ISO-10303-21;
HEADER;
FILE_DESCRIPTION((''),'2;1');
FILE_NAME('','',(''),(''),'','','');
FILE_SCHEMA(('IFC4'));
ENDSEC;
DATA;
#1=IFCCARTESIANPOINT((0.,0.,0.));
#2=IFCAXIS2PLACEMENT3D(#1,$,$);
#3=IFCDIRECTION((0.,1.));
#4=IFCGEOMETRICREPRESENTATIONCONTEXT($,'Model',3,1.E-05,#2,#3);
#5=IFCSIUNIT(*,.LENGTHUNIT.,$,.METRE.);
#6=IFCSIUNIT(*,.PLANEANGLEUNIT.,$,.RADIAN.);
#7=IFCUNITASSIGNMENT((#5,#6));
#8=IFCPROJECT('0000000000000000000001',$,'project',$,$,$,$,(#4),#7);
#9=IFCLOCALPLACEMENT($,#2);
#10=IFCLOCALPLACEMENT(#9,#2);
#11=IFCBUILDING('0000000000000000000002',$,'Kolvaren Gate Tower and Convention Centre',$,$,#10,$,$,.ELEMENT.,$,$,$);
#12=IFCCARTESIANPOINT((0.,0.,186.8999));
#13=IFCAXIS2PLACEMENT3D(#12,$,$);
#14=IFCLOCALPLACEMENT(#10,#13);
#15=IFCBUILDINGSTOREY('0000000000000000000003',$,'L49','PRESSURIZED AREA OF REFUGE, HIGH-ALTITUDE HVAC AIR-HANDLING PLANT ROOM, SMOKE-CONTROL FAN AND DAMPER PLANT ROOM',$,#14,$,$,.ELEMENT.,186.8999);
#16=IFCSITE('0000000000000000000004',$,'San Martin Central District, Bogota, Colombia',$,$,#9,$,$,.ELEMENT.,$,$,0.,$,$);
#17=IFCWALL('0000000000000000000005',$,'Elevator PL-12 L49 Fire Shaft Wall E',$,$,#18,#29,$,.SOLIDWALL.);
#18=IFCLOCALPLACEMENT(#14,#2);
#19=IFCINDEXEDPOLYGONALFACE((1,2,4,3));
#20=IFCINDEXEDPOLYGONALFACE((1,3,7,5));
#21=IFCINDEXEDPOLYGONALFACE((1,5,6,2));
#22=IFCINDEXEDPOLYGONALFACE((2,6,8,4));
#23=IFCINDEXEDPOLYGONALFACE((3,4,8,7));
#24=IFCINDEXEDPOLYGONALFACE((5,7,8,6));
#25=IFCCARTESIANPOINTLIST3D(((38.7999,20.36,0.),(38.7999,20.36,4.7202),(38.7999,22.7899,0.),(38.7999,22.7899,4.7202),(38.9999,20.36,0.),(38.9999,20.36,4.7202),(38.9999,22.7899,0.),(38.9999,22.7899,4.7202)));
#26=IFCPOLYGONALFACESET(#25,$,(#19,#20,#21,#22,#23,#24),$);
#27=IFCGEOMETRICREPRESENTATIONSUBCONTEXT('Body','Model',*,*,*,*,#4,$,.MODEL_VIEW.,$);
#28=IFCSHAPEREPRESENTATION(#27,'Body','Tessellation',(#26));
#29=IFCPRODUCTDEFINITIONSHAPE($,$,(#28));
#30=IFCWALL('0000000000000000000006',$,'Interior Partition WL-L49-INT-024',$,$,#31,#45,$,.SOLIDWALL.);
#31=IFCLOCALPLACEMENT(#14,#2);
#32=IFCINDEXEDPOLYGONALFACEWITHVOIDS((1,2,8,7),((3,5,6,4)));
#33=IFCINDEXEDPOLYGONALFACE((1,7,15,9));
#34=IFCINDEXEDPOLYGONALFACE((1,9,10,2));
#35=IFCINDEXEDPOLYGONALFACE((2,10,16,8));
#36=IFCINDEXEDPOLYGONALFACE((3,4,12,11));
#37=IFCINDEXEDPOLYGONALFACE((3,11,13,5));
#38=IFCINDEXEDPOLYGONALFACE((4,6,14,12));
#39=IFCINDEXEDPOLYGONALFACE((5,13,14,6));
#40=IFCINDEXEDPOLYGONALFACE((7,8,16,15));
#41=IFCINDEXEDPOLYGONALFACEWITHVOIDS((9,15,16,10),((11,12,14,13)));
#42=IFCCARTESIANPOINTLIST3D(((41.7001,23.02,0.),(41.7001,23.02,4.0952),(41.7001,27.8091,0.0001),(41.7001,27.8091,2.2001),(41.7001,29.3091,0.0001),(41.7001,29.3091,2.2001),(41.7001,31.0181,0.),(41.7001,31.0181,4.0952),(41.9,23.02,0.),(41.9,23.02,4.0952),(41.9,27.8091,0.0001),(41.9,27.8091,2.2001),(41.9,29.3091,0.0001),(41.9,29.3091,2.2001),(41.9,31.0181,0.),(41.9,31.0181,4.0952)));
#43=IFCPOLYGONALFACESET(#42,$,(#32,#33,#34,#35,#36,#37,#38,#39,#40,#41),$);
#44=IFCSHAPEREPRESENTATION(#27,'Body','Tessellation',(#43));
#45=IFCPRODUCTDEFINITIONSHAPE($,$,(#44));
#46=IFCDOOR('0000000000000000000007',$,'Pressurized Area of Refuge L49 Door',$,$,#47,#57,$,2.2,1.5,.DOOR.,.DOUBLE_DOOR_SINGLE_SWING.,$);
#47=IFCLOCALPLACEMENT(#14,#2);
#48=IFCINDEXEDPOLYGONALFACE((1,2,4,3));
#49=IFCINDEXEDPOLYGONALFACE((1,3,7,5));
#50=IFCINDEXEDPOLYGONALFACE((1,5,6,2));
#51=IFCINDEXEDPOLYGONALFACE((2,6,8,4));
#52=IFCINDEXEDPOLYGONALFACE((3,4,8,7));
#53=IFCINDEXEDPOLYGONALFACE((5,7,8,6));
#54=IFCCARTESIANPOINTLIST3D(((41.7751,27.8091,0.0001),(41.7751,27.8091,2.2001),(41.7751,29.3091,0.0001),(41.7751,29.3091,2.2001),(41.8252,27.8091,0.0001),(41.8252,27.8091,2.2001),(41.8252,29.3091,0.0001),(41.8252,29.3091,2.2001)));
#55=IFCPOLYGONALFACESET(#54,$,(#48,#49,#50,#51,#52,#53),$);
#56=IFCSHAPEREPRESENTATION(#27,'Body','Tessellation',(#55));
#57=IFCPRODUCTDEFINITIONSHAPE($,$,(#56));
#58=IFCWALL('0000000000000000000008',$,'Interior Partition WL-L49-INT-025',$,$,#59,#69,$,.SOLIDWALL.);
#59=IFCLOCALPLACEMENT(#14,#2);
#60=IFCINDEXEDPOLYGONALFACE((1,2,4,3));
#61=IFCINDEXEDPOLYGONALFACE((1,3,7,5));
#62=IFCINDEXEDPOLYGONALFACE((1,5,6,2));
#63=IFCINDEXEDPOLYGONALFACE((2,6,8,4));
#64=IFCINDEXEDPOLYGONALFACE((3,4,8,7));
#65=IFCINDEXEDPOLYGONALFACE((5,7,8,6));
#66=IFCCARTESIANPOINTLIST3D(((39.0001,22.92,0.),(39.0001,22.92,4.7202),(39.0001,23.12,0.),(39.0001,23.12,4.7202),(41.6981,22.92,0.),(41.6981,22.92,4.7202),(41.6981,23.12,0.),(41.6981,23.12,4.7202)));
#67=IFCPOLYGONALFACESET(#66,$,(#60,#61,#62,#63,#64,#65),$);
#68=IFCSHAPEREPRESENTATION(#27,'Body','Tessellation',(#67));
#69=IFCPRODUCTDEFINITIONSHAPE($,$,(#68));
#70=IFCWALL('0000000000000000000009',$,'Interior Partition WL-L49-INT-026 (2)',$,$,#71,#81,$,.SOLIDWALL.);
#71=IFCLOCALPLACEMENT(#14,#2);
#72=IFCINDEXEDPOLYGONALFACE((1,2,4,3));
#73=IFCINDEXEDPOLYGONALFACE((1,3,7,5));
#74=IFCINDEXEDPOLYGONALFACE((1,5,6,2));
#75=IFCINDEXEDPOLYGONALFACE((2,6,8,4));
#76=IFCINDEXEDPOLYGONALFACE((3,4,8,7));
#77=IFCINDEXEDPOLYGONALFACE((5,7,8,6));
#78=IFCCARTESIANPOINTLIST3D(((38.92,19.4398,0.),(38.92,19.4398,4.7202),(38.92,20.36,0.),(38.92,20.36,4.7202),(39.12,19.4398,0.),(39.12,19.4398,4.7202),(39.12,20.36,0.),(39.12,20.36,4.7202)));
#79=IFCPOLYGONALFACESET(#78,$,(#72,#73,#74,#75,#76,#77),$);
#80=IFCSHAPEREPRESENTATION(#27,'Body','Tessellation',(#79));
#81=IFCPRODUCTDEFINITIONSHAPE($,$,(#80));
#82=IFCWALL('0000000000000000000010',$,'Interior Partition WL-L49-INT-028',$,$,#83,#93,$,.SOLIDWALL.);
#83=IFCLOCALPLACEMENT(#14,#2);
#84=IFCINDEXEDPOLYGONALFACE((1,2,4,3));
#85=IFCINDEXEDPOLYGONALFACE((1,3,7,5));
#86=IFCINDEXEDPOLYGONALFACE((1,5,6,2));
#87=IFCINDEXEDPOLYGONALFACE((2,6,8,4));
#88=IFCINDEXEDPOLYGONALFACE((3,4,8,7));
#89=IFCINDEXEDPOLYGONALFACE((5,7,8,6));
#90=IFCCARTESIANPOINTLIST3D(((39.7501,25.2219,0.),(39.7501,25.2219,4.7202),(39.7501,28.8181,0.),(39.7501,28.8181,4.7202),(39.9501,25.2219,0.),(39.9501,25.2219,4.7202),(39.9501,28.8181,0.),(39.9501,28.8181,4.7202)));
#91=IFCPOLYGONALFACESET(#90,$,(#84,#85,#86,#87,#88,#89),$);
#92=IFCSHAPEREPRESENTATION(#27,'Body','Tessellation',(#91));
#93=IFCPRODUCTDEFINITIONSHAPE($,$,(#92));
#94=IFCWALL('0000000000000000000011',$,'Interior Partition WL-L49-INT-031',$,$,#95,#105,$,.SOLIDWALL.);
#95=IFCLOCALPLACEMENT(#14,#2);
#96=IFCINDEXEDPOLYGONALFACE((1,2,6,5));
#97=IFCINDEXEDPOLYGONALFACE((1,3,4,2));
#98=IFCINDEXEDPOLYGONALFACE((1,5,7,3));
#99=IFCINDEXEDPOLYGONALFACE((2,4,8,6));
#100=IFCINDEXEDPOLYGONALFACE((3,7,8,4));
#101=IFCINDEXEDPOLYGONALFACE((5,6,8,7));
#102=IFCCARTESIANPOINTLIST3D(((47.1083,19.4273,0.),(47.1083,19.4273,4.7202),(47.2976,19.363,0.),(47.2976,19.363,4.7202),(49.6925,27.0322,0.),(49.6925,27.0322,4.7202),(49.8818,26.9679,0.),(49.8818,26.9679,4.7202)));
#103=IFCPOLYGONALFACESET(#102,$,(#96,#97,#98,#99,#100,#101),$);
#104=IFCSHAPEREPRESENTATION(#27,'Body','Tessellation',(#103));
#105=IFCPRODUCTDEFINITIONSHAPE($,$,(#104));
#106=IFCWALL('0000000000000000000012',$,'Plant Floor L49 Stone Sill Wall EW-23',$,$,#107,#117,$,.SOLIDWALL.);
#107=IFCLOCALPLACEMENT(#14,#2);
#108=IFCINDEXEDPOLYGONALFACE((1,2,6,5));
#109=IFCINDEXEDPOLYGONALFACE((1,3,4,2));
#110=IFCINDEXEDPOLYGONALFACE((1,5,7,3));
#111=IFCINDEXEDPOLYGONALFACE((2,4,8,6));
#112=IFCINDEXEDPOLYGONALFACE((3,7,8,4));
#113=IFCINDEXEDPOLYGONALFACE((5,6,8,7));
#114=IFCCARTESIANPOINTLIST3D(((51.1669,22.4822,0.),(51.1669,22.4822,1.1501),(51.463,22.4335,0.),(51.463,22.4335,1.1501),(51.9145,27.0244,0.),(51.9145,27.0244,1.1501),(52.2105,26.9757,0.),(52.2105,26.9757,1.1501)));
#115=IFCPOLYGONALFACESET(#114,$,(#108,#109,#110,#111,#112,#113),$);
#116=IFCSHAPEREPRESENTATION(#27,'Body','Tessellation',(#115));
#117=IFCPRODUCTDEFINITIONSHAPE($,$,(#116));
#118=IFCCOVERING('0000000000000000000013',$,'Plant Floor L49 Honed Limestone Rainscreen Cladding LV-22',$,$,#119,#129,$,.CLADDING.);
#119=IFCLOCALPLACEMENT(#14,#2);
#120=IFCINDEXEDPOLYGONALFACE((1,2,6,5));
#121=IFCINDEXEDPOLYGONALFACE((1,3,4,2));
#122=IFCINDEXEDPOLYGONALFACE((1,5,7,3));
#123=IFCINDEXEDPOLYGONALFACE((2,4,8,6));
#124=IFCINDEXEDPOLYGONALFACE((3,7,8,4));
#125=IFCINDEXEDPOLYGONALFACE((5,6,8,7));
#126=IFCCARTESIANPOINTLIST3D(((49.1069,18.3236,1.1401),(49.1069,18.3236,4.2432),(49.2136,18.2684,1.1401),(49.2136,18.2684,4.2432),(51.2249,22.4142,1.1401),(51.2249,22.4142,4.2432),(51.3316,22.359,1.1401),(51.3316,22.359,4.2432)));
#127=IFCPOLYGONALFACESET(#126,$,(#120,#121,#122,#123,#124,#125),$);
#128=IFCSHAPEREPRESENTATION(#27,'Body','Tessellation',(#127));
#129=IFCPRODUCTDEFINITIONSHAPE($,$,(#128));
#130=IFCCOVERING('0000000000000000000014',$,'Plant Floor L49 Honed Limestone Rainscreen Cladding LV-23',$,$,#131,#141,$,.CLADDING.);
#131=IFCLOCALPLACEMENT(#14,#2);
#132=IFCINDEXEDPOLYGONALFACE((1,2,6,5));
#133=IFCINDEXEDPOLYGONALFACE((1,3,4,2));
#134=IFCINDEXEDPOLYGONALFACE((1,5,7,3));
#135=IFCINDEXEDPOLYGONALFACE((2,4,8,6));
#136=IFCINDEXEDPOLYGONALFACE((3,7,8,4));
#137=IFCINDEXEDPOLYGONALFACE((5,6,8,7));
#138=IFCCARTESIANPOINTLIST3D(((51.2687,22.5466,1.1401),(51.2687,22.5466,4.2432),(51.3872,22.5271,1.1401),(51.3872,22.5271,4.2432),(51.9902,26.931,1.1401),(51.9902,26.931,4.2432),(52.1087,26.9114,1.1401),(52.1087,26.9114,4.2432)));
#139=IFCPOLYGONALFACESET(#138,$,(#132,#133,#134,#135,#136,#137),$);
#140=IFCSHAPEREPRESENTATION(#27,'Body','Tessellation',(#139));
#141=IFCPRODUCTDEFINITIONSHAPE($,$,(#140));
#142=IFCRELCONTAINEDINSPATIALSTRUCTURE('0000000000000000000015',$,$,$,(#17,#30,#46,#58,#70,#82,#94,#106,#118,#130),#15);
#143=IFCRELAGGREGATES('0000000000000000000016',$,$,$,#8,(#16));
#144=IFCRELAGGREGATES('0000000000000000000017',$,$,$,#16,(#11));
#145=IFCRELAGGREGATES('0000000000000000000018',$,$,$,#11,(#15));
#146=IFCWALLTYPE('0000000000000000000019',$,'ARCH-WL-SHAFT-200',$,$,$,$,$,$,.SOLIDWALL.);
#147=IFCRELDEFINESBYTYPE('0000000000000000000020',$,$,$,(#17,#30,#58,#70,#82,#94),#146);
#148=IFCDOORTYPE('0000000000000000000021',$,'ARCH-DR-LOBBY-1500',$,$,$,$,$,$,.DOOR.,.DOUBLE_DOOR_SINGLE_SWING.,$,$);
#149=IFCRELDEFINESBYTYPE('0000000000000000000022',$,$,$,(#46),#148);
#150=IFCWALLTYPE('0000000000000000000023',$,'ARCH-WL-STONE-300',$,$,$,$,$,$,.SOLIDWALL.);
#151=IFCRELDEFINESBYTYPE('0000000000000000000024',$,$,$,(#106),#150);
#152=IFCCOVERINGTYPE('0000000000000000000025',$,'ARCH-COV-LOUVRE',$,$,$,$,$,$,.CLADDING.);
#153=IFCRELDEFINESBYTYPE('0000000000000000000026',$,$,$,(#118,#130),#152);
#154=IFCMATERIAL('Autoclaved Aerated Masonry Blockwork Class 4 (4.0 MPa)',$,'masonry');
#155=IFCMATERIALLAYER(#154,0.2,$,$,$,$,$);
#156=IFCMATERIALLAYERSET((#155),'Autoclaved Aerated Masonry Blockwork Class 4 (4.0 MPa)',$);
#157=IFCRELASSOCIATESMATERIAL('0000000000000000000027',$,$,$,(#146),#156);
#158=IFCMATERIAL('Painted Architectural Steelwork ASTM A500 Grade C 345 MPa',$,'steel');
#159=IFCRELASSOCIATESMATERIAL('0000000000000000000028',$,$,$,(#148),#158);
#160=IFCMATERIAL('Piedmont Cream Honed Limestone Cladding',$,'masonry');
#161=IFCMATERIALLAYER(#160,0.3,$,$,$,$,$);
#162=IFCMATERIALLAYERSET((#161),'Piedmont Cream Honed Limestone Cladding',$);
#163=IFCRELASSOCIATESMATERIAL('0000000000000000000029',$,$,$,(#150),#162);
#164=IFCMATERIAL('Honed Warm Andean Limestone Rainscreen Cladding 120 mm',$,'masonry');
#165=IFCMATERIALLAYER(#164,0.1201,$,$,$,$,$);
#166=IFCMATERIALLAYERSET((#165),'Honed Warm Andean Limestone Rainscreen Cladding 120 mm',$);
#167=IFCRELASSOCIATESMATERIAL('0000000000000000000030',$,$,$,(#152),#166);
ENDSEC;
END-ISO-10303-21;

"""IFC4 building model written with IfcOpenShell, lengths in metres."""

from ifc_helpers import new_model, si_unit, direction, frame, frame_2d, origin, origin_2d, place, context, subcontext, project, spatial, rectangle, extrude, material, layer, layer_set, type_object, element, fill, save


model = new_model("IFC4")

# Units and contexts
model_context = context("Model", 3, precision=1e-05, world=origin(), true_north=direction((0.0, 1.0)))
body_context = subcontext(model_context, "Body", "Model", "MODEL_VIEW")
ifc_project = project(units=[si_unit("LENGTHUNIT", "METRE"), si_unit("PLANEANGLEUNIT", "RADIAN")], contexts=[model_context])

# Site, building, storey
site_placement = place(None, origin())
site = spatial("IfcSite", under=ifc_project, at=site_placement, Name="San Martin Central District, Bogota, Colombia", CompositionType="ELEMENT", RefElevation=0.0)
building_placement = place(site_placement, origin())
building = spatial("IfcBuilding", under=site, at=building_placement, Name="Kolvaren Gate Tower and Convention Centre", CompositionType="ELEMENT")
storey_placement = place(building_placement, frame((0.0, 0.0, 186.8999)))
storey = spatial("IfcBuildingStorey", under=building, at=storey_placement, Name="L49", Description="PRESSURIZED AREA OF REFUGE, HIGH-ALTITUDE HVAC AIR-HANDLING PLANT ROOM, SMOKE-CONTROL FAN AND DAMPER PLANT ROOM", CompositionType="ELEMENT", Elevation=186.8999)

# Wall
ifc_material_1 = material(Name="Autoclaved Aerated Masonry Blockwork Class 4 (4.0 MPa)", Category="masonry")
ifc_layer_1 = layer(ifc_material_1, 0.2)
ifc_layer_set_1 = layer_set([ifc_layer_1], Name="Autoclaved Aerated Masonry Blockwork Class 4 (4.0 MPa)")
wall_type_1 = type_object("IfcWallType", Name="ARCH-WL-SHAFT-200", PredefinedType="SOLIDWALL", material=ifc_layer_set_1)
wall_1_placement = place(storey_placement, frame((38.8999, 20.3601, 0.0), z_axis=(0.0, 0.0, 1.0), x_axis=(0.0, 1.0, 0.0)))
element("IfcWall", 1, at=wall_1_placement, inside=storey, type_object=wall_type_1, Name="Elevator PL-12 L49 Fire Shaft Wall E", PredefinedType="SOLIDWALL", context=body_context, shape_type="SweptSolid", body=[
    extrude(rectangle(XDim=2.4299, YDim=0.2, at=frame_2d((1.2148, 0.0))), origin(), (0.0, 0.0, 1.0), 4.7202),
])

# Wall, opening, door
wall_2_placement = place(storey_placement, frame((41.8, 23.02, 0.0), z_axis=(0.0, 0.0, 1.0), x_axis=(0.0, 1.0, 0.0)))
wall_2 = element("IfcWall", 2, at=wall_2_placement, inside=storey, type_object=wall_type_1, Name="Interior Partition WL-L49-INT-024", PredefinedType="SOLIDWALL", context=body_context, shape_type="SweptSolid", body=[
    extrude(rectangle(XDim=7.998, YDim=0.2, at=frame_2d((3.999, 0.0))), origin(), (0.0, 0.0, 1.0), 4.0952),
])
opening_placement = place(wall_2_placement, frame((4.7891, 0.0, 0.0)))
opening = element("IfcOpeningElement", 3, at=opening_placement, cuts=wall_2, PredefinedType="OPENING", context=body_context, shape_type="SweptSolid", body=[
    extrude(rectangle(XDim=1.5, YDim=2.2, at=frame_2d((0.75, 1.1001))), frame((0.0, 0.1099, 0.0), z_axis=(0.0, -1.0, 0.0), x_axis=(1.0, 0.0, 0.0)), (0.0, 0.0, 1.0), 0.22),
])
ifc_material_2 = material(Name="Painted Architectural Steelwork ASTM A500 Grade C 345 MPa", Category="steel")
door_type = type_object("IfcDoorType", Name="ARCH-DR-LOBBY-1500", OperationType="DOUBLE_DOOR_SINGLE_SWING", PredefinedType="DOOR", material=ifc_material_2)
door_placement = place(opening_placement, origin())
door = element("IfcDoor", 4, at=door_placement, inside=storey, type_object=door_type, Name="Pressurized Area of Refuge L49 Door", OperationType="DOUBLE_DOOR_SINGLE_SWING", OverallHeight=2.2, OverallWidth=1.5, PredefinedType="DOOR", context=body_context, shape_type="SweptSolid", body=[
    extrude(rectangle(XDim=1.5, YDim=2.2, at=frame_2d((0.75, 1.1001))), frame((0.0, 0.0249, 0.0), z_axis=(0.0, -1.0, 0.0), x_axis=(1.0, 0.0, 0.0)), (0.0, 0.0, 1.0), 0.05),
])
fill(opening, door)

# Walls
wall_3_placement = place(storey_placement, frame((39.0, 23.02, 0.0), z_axis=(0.0, 0.0, 1.0), x_axis=(1.0, 0.0, 0.0)))
element("IfcWall", 5, at=wall_3_placement, inside=storey, type_object=wall_type_1, Name="Interior Partition WL-L49-INT-025", PredefinedType="SOLIDWALL", context=body_context, shape_type="SweptSolid", body=[
    extrude(rectangle(XDim=2.698, YDim=0.2, at=frame_2d((1.3491, 0.0))), origin(), (0.0, 0.0, 1.0), 4.7202),
])
wall_4_placement = place(storey_placement, frame((39.02, 19.4399, 0.0), z_axis=(0.0, 0.0, 1.0), x_axis=(0.0, 1.0, 0.0)))
element("IfcWall", 6, at=wall_4_placement, inside=storey, type_object=wall_type_1, Name="Interior Partition WL-L49-INT-026 (2)", PredefinedType="SOLIDWALL", context=body_context, shape_type="SweptSolid", body=[
    extrude(rectangle(XDim=0.9202, YDim=0.2, at=frame_2d((0.46, 0.0))), origin(), (0.0, 0.0, 1.0), 4.7202),
])
wall_5_placement = place(storey_placement, frame((39.8501, 25.2219, 0.0), z_axis=(0.0, 0.0, 1.0), x_axis=(0.0, 1.0, 0.0)))
element("IfcWall", 7, at=wall_5_placement, inside=storey, type_object=wall_type_1, Name="Interior Partition WL-L49-INT-028", PredefinedType="SOLIDWALL", context=body_context, shape_type="SweptSolid", body=[
    extrude(rectangle(XDim=3.5962, YDim=0.2, at=frame_2d((1.7981, 0.0))), origin(), (0.0, 0.0, 1.0), 4.7202),
])
wall_6_placement = place(storey_placement, frame((47.2029, 19.395, 0.0), z_axis=(0.0, 0.0, 1.0), x_axis=(0.321739, 0.946828, 0.0)))
element("IfcWall", 8, at=wall_6_placement, inside=storey, type_object=wall_type_1, Name="Interior Partition WL-L49-INT-031", PredefinedType="SOLIDWALL", context=body_context, shape_type="SweptSolid", body=[
    extrude(rectangle(XDim=8.032, YDim=0.2, at=frame_2d((4.0161, 0.0))), origin(), (0.0, 0.0, 1.0), 4.7202),
])
ifc_material_3 = material(Name="Piedmont Cream Honed Limestone Cladding", Category="masonry")
ifc_layer_2 = layer(ifc_material_3, 0.3)
ifc_layer_set_2 = layer_set([ifc_layer_2], Name="Piedmont Cream Honed Limestone Cladding")
wall_type_2 = type_object("IfcWallType", Name="ARCH-WL-STONE-300", PredefinedType="SOLIDWALL", material=ifc_layer_set_2)
wall_7_placement = place(storey_placement, frame((51.3149, 22.4578, 0.0), z_axis=(0.0, 0.0, 1.0), x_axis=(0.162395, 0.986726, 0.0)))
element("IfcWall", 9, at=wall_7_placement, inside=storey, type_object=wall_type_2, Name="Plant Floor L49 Stone Sill Wall EW-23", PredefinedType="SOLIDWALL", context=body_context, shape_type="SweptSolid", body=[
    extrude(rectangle(XDim=4.6033, YDim=0.3, at=frame_2d((2.3018, 0.0))), origin(), (0.0, 0.0, 1.0), 1.1501),
])

# Coverings
ifc_material_4 = material(Name="Honed Warm Andean Limestone Rainscreen Cladding 120 mm", Category="masonry")
ifc_layer_3 = layer(ifc_material_4, 0.1201)
ifc_layer_set_3 = layer_set([ifc_layer_3], Name="Honed Warm Andean Limestone Rainscreen Cladding 120 mm")
covering_type = type_object("IfcCoveringType", Name="ARCH-COV-LOUVRE", PredefinedType="CLADDING", material=ifc_layer_set_3)
covering_1_placement = place(storey_placement, frame((50.2192, 20.3413, 1.1401), z_axis=(0.0, 0.0, 1.0), x_axis=(0.459798, 0.888023, 0.0)))
element("IfcCovering", 10, at=covering_1_placement, inside=storey, type_object=covering_type, Name="Plant Floor L49 Honed Limestone Rainscreen Cladding LV-22", PredefinedType="CLADDING", context=body_context, shape_type="SweptSolid", body=[
    extrude(rectangle(XDim=4.6064, YDim=0.1201, at=origin_2d()), origin(), (0.0, 0.0, 1.0), 3.103),
])
covering_2_placement = place(storey_placement, frame((51.6887, 24.729, 1.1401), z_axis=(0.0, 0.0, 1.0), x_axis=(0.162381, 0.986728, 0.0)))
element("IfcCovering", 11, at=covering_2_placement, inside=storey, type_object=covering_type, Name="Plant Floor L49 Honed Limestone Rainscreen Cladding LV-23", PredefinedType="CLADDING", context=body_context, shape_type="SweptSolid", body=[
    extrude(rectangle(XDim=4.4434, YDim=0.1201, at=origin_2d()), origin(), (0.0, 0.0, 1.0), 3.103),
])

save(model, "model.ifc")
